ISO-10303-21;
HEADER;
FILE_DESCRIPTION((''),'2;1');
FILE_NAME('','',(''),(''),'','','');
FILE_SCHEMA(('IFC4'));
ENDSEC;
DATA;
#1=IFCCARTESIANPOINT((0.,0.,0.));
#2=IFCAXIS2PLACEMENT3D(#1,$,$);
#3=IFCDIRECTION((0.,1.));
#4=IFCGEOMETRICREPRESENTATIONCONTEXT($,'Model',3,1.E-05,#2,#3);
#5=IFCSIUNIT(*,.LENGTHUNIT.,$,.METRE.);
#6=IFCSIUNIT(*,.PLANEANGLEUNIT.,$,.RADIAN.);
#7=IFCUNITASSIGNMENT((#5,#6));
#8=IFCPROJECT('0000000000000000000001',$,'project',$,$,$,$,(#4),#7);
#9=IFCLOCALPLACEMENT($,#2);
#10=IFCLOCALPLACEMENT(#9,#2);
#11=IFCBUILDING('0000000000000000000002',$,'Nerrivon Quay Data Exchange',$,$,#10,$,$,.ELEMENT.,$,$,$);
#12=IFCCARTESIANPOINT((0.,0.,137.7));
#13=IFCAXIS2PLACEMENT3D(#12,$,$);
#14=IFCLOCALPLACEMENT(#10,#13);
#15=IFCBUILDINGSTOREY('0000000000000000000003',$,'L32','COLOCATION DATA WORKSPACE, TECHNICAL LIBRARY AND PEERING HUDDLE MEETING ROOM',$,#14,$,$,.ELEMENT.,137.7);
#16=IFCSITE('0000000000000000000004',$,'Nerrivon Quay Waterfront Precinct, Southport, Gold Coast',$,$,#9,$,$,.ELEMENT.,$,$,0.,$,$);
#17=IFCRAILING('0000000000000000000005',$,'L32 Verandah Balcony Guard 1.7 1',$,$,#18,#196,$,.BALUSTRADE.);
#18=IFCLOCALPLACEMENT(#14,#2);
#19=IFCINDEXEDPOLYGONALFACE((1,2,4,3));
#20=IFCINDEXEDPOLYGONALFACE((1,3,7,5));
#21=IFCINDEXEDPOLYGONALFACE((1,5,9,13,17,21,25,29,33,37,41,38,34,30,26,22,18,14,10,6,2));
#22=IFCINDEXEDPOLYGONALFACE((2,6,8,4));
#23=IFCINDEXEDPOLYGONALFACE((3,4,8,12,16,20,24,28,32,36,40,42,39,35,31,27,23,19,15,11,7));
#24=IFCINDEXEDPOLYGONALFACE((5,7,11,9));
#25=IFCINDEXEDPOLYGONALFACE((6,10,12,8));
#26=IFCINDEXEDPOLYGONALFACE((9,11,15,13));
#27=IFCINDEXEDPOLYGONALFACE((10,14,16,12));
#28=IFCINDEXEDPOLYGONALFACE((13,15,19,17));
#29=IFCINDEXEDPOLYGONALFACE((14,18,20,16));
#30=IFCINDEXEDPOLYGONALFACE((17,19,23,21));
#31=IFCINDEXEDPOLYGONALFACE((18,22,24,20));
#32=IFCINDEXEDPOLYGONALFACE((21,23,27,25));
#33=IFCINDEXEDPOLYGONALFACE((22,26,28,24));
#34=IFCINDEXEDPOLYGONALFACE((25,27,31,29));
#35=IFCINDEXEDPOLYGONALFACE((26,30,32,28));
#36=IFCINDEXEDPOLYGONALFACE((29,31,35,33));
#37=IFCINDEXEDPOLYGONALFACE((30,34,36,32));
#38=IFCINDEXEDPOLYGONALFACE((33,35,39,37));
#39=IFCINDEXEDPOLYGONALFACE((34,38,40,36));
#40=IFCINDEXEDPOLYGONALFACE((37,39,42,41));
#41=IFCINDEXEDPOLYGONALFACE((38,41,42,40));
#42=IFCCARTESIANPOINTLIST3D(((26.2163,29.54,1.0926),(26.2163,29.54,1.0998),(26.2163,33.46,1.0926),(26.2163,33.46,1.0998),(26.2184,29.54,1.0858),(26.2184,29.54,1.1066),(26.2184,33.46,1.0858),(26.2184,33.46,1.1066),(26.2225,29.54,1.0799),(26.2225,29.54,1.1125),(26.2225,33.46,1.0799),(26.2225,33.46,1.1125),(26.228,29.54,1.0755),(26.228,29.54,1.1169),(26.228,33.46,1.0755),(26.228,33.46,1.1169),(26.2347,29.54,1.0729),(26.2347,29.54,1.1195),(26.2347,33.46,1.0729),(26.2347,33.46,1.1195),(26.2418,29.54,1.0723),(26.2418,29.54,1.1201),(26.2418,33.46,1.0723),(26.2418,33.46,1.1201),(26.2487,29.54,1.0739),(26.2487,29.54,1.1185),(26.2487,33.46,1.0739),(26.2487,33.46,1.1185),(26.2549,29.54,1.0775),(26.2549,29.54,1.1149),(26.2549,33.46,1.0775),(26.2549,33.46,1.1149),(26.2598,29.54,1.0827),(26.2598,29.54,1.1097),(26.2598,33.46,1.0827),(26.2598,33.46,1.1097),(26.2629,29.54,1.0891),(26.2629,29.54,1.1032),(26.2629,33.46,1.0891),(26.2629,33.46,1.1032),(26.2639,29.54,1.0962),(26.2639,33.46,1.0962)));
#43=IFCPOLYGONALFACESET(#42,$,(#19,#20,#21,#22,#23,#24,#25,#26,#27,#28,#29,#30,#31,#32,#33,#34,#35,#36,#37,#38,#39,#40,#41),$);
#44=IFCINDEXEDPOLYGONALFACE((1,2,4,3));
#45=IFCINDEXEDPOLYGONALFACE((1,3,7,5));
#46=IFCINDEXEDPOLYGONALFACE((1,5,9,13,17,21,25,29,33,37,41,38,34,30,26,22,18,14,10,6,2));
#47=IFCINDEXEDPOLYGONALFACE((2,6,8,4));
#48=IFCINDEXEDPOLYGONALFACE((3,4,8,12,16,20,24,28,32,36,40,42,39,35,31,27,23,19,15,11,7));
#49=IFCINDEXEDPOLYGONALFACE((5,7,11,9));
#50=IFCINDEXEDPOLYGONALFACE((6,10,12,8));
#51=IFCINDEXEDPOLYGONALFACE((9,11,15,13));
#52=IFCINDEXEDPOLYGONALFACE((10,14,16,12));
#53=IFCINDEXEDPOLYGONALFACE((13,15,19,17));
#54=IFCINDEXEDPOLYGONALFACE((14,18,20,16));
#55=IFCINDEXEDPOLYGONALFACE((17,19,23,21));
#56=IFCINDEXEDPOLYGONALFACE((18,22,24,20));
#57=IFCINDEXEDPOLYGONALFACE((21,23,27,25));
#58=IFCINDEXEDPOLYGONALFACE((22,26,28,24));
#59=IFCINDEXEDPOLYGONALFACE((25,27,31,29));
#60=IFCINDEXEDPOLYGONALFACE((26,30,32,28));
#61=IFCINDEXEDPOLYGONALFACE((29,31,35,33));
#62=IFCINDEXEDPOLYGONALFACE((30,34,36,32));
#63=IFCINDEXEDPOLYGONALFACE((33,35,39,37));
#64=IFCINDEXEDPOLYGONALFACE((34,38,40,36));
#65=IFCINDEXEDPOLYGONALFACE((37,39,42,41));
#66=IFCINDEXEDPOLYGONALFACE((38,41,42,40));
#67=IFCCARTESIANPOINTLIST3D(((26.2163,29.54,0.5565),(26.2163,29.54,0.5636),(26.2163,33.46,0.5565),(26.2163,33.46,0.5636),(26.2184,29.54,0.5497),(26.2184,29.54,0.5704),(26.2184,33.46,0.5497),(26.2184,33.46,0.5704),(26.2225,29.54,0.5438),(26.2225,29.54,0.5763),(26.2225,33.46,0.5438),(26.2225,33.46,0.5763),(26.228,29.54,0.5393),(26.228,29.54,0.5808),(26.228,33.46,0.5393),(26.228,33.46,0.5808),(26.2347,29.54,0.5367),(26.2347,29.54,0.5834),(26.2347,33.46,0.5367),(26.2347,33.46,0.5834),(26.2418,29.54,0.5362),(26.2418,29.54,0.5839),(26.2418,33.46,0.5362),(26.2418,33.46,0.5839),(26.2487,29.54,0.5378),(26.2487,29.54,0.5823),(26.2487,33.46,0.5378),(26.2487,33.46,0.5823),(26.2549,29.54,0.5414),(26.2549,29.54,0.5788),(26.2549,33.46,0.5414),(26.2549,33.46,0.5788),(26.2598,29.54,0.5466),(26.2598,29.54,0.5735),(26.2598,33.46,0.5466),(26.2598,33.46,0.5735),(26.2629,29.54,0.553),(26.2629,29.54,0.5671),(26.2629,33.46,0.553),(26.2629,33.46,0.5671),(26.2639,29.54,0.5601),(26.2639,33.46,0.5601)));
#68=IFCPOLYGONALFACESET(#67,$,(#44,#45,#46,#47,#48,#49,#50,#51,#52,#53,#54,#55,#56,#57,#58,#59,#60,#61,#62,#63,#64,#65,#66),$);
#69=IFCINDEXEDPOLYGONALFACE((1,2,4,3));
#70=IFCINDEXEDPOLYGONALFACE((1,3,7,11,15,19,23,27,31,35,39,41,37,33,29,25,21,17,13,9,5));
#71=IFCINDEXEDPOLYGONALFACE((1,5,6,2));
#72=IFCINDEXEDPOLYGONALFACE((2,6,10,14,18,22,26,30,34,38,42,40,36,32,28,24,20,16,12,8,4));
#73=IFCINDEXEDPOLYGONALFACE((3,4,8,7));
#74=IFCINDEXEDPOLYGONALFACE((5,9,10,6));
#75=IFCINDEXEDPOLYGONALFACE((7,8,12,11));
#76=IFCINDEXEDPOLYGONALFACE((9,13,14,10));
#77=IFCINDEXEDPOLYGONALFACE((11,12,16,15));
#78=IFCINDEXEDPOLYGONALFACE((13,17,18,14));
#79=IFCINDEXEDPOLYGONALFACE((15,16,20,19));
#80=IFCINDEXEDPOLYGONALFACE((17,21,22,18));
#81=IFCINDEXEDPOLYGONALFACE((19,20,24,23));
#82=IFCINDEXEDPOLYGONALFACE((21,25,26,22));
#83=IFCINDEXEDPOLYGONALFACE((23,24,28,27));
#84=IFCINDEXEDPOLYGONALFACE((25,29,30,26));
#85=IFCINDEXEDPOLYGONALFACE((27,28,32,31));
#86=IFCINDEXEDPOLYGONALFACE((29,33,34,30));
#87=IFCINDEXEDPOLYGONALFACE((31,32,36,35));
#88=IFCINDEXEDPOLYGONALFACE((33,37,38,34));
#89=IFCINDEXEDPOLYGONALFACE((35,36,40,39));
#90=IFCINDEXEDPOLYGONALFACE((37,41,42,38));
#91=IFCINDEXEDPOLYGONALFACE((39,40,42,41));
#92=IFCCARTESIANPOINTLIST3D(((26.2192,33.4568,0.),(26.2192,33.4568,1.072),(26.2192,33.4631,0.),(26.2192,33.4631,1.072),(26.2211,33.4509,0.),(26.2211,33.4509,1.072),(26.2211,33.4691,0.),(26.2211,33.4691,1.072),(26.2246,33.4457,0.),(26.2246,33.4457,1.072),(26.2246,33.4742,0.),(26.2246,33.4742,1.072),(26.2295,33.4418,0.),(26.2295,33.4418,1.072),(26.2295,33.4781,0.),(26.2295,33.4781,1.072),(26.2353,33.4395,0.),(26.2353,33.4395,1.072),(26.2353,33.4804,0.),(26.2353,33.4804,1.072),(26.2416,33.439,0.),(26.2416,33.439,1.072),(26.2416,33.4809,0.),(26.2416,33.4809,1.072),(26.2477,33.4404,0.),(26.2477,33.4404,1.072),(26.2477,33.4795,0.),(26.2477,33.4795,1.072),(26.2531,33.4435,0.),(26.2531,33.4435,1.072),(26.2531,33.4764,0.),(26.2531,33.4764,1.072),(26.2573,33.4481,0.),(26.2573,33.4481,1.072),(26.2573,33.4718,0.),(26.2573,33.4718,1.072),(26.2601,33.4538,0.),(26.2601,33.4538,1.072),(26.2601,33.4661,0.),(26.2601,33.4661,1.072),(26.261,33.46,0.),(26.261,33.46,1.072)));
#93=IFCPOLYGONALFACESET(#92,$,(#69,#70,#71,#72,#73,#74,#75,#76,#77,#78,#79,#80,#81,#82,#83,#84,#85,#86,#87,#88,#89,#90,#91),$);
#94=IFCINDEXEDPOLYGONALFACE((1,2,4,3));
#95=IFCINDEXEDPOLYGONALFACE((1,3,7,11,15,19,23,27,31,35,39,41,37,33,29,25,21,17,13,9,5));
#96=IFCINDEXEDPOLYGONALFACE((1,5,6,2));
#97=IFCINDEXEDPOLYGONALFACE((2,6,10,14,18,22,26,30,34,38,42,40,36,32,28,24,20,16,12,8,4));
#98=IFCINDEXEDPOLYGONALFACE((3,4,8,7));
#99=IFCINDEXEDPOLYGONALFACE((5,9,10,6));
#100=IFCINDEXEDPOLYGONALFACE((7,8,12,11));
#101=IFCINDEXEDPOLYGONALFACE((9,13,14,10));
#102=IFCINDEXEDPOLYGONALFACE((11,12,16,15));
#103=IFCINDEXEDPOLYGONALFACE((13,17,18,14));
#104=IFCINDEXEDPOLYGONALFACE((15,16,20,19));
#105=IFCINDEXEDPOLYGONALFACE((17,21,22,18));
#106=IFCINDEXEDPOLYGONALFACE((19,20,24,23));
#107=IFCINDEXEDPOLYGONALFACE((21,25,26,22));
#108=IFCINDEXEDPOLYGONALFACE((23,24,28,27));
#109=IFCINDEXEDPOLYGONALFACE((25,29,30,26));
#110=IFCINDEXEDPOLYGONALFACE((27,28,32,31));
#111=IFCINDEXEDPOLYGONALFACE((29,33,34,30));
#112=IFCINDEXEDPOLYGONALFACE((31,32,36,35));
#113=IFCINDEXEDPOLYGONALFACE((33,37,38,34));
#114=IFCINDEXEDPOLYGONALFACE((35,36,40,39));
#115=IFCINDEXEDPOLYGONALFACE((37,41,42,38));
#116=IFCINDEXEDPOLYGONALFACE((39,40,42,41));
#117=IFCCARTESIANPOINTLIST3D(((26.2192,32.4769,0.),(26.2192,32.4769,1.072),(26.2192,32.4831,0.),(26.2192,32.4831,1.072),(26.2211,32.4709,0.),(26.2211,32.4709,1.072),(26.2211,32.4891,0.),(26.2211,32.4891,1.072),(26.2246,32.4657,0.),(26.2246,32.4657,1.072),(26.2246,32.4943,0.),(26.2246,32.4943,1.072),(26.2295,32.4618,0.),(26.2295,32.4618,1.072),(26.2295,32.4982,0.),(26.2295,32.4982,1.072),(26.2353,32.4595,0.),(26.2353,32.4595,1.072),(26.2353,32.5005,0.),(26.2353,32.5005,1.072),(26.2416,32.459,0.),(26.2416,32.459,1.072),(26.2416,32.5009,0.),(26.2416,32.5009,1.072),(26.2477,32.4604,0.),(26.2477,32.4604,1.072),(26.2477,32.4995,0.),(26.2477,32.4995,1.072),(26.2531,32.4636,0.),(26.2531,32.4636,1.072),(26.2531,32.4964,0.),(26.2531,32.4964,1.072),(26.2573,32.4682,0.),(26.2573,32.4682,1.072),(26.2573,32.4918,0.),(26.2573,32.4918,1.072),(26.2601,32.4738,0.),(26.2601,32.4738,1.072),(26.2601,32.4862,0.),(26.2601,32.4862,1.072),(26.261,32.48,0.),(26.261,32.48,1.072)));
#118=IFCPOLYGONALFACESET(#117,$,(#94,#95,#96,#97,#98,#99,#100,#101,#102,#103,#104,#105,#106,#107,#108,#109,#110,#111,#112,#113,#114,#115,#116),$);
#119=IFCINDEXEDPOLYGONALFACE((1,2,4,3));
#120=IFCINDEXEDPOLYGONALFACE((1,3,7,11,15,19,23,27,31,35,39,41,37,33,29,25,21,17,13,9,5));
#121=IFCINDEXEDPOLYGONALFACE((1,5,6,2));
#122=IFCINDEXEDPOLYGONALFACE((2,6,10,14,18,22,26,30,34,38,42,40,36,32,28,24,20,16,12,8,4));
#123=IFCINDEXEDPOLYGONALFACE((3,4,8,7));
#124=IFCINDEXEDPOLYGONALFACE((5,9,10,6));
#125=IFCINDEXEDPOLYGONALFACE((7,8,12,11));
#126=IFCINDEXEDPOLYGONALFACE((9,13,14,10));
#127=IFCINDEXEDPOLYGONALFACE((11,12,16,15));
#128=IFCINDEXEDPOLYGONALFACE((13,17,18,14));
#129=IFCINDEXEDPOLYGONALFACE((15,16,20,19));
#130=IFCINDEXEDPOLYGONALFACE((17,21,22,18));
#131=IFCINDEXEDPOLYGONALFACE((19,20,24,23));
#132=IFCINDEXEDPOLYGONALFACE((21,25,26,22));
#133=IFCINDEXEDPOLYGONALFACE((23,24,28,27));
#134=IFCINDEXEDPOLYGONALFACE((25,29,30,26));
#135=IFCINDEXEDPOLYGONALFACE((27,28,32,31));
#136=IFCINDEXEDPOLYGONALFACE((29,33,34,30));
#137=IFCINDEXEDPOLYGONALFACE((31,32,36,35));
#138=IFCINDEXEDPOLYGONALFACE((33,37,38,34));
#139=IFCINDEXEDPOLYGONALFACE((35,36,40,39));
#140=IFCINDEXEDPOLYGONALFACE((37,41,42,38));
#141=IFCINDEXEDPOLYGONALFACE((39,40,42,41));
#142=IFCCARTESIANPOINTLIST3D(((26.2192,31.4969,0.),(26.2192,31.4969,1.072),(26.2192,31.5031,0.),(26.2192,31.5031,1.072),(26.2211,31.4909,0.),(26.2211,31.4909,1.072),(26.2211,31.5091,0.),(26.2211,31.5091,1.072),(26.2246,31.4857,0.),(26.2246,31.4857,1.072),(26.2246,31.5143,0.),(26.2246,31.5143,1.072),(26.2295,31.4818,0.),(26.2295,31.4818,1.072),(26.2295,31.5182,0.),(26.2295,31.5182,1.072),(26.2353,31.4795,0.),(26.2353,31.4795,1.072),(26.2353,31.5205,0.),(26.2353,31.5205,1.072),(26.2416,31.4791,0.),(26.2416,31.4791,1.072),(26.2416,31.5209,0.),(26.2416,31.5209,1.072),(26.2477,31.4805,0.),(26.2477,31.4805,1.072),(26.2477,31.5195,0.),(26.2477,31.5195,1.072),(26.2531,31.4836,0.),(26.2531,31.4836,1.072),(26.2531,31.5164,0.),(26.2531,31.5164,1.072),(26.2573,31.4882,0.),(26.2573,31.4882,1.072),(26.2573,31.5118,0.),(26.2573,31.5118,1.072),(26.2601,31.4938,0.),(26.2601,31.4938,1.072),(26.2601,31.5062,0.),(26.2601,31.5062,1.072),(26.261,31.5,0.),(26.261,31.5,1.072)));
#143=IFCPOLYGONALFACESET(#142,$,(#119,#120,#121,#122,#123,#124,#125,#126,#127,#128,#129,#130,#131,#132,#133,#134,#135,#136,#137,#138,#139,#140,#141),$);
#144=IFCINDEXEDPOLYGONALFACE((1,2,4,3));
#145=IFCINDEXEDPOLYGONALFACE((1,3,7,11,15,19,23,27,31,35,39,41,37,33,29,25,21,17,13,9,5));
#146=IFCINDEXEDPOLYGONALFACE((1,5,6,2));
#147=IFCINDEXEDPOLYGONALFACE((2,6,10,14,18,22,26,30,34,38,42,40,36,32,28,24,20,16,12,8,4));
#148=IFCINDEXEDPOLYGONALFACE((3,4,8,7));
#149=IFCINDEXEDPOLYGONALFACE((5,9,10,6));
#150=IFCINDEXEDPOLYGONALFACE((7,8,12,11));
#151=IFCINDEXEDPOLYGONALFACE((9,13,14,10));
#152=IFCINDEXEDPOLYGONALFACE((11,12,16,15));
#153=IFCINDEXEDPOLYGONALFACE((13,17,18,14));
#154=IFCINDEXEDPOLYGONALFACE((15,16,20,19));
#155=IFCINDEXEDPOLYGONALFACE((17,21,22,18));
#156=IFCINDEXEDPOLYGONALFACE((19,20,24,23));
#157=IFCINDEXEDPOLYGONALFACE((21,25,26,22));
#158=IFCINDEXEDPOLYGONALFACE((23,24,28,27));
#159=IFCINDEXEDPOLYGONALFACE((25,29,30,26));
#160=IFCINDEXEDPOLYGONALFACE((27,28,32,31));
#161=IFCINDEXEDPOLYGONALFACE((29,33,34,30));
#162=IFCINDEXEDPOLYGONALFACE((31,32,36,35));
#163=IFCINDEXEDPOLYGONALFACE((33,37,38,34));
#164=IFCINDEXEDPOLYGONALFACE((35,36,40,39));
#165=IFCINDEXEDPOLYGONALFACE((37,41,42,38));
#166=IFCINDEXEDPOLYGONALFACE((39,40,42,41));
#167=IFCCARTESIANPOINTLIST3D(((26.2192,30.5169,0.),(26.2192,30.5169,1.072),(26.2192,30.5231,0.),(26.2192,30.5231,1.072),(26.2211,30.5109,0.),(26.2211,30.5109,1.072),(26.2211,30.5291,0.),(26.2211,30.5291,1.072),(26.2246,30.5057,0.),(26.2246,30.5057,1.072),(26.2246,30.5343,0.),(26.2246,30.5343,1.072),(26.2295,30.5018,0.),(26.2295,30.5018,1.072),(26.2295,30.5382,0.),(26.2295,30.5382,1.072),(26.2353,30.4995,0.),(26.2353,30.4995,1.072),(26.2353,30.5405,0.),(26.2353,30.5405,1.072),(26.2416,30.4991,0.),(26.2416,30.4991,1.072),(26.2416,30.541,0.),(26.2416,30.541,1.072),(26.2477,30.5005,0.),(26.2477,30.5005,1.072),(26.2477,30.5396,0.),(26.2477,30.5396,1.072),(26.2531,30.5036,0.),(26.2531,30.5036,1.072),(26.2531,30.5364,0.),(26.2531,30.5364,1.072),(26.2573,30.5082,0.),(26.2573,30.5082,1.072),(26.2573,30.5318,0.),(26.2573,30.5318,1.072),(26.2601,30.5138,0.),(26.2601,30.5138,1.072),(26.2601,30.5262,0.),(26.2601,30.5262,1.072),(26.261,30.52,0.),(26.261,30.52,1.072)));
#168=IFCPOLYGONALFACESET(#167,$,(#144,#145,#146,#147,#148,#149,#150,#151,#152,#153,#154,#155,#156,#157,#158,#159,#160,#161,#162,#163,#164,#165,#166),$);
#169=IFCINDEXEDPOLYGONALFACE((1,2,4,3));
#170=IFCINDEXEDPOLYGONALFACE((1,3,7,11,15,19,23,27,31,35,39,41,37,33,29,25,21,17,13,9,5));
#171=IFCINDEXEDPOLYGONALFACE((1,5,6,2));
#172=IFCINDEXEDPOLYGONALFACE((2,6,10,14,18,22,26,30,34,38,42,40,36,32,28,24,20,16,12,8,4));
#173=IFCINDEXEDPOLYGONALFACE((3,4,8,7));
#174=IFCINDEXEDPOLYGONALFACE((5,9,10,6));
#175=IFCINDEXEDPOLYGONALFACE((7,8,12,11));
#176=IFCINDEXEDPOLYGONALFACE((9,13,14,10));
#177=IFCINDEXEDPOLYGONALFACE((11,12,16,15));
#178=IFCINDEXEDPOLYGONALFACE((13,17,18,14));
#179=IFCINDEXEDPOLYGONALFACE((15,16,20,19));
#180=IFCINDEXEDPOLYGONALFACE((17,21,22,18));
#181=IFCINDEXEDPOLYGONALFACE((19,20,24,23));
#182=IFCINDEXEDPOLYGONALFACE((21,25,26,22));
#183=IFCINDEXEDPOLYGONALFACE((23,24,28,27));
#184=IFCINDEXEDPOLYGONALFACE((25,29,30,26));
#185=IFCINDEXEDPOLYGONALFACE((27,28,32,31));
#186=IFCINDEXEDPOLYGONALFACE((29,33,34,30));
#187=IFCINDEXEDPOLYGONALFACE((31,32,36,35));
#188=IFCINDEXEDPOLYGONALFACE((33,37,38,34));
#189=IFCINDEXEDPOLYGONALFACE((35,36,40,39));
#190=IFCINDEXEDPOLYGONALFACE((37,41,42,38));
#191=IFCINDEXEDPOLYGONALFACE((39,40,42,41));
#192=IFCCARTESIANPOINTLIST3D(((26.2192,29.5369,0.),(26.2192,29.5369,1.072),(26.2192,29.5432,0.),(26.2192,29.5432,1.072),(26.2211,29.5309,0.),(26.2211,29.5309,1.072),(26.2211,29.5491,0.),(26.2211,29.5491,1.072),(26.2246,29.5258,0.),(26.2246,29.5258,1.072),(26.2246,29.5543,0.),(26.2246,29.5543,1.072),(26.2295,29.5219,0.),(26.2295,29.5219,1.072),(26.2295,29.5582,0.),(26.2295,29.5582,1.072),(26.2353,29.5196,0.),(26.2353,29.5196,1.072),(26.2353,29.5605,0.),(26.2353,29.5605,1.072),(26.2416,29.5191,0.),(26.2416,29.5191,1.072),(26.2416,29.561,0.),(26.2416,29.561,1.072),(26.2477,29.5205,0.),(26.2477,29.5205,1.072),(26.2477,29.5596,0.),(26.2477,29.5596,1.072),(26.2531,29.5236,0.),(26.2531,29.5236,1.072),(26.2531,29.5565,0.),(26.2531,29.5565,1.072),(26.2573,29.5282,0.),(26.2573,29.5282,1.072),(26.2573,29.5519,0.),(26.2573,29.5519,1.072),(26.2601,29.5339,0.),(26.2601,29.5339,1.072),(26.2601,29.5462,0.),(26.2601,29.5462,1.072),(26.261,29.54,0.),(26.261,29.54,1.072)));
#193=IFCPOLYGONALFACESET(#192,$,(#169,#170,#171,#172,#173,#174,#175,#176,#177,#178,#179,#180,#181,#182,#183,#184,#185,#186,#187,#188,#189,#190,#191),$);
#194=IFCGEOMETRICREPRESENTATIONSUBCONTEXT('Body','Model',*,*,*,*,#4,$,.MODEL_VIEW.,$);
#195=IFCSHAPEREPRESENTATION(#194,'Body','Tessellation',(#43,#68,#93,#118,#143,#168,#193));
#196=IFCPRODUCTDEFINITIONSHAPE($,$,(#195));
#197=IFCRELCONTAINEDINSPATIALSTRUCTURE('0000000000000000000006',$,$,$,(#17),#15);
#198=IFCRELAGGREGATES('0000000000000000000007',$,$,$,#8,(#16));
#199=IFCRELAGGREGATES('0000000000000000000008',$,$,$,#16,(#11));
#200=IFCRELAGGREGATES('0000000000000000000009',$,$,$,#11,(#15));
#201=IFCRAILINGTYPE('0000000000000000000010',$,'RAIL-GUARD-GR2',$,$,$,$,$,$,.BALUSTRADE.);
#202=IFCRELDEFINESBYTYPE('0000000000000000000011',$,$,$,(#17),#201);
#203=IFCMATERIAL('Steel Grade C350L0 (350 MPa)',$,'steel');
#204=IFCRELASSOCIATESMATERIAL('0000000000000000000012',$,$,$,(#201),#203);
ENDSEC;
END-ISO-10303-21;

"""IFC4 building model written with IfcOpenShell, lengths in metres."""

from ifc_helpers import new_model, si_unit, direction, frame, origin, origin_2d, place, context, subcontext, project, spatial, circle, extrude, material, type_object, element, save


model = new_model("IFC4")

# Units and contexts
model_context = context("Model", 3, precision=1e-05, world=origin(), true_north=direction((0.0, 1.0)))
body_context = subcontext(model_context, "Body", "Model", "MODEL_VIEW")
ifc_project = project(units=[si_unit("LENGTHUNIT", "METRE"), si_unit("PLANEANGLEUNIT", "RADIAN")], contexts=[model_context])

# Site, building, storey
site_placement = place(None, origin())
site = spatial("IfcSite", under=ifc_project, at=site_placement, Name="Nerrivon Quay Waterfront Precinct, Southport, Gold Coast", CompositionType="ELEMENT", RefElevation=0.0)
building_placement = place(site_placement, origin())
building = spatial("IfcBuilding", under=site, at=building_placement, Name="Nerrivon Quay Data Exchange", CompositionType="ELEMENT")
storey_placement = place(building_placement, frame((0.0, 0.0, 137.7)))
storey = spatial("IfcBuildingStorey", under=building, at=storey_placement, Name="L32", Description="COLOCATION DATA WORKSPACE, TECHNICAL LIBRARY AND PEERING HUDDLE MEETING ROOM", CompositionType="ELEMENT", Elevation=137.7)

# Railing
ifc_material_1 = material(Name="Steel Grade C350L0 (350 MPa)", Category="steel")
railing_type = type_object("IfcRailingType", Name="RAIL-GUARD-GR2", PredefinedType="BALUSTRADE", material=ifc_material_1)
railing_1_placement = place(storey_placement, frame((26.24, 33.46, 0.0)))
element("IfcRailing", 1, at=railing_1_placement, inside=storey, type_object=railing_type, Name="L32 Verandah Balcony Guard 1.7 1", PredefinedType="BALUSTRADE", context=body_context, shape_type="SweptSolid", body=[
    extrude(circle(Radius=0.0239, at=origin_2d()), frame((0.0, 0.0, 1.0962), z_axis=(0.0, -1.0, 0.0), x_axis=(1.0, 0.0, 0.0)), (0.0, 0.0, 1.0), 3.9199),
    extrude(circle(Radius=0.0239, at=origin_2d()), frame((0.0, 0.0, 0.5601), z_axis=(0.0, -1.0, 0.0), x_axis=(1.0, 0.0, 0.0)), (0.0, 0.0, 1.0), 3.9199),
    extrude(circle(Radius=0.021, at=origin_2d()), origin(), (0.0, 0.0, 1.0), 1.072),
    extrude(circle(Radius=0.021, at=origin_2d()), frame((0.0, -0.98, 0.0)), (0.0, 0.0, 1.0), 1.072),
    extrude(circle(Radius=0.021, at=origin_2d()), frame((0.0, -1.96, 0.0)), (0.0, 0.0, 1.0), 1.072),
    extrude(circle(Radius=0.021, at=origin_2d()), frame((0.0, -2.9399, 0.0)), (0.0, 0.0, 1.0), 1.072),
    extrude(circle(Radius=0.021, at=origin_2d()), frame((0.0, -3.9199, 0.0)), (0.0, 0.0, 1.0), 1.072),
])

save(model, "model.ifc")
